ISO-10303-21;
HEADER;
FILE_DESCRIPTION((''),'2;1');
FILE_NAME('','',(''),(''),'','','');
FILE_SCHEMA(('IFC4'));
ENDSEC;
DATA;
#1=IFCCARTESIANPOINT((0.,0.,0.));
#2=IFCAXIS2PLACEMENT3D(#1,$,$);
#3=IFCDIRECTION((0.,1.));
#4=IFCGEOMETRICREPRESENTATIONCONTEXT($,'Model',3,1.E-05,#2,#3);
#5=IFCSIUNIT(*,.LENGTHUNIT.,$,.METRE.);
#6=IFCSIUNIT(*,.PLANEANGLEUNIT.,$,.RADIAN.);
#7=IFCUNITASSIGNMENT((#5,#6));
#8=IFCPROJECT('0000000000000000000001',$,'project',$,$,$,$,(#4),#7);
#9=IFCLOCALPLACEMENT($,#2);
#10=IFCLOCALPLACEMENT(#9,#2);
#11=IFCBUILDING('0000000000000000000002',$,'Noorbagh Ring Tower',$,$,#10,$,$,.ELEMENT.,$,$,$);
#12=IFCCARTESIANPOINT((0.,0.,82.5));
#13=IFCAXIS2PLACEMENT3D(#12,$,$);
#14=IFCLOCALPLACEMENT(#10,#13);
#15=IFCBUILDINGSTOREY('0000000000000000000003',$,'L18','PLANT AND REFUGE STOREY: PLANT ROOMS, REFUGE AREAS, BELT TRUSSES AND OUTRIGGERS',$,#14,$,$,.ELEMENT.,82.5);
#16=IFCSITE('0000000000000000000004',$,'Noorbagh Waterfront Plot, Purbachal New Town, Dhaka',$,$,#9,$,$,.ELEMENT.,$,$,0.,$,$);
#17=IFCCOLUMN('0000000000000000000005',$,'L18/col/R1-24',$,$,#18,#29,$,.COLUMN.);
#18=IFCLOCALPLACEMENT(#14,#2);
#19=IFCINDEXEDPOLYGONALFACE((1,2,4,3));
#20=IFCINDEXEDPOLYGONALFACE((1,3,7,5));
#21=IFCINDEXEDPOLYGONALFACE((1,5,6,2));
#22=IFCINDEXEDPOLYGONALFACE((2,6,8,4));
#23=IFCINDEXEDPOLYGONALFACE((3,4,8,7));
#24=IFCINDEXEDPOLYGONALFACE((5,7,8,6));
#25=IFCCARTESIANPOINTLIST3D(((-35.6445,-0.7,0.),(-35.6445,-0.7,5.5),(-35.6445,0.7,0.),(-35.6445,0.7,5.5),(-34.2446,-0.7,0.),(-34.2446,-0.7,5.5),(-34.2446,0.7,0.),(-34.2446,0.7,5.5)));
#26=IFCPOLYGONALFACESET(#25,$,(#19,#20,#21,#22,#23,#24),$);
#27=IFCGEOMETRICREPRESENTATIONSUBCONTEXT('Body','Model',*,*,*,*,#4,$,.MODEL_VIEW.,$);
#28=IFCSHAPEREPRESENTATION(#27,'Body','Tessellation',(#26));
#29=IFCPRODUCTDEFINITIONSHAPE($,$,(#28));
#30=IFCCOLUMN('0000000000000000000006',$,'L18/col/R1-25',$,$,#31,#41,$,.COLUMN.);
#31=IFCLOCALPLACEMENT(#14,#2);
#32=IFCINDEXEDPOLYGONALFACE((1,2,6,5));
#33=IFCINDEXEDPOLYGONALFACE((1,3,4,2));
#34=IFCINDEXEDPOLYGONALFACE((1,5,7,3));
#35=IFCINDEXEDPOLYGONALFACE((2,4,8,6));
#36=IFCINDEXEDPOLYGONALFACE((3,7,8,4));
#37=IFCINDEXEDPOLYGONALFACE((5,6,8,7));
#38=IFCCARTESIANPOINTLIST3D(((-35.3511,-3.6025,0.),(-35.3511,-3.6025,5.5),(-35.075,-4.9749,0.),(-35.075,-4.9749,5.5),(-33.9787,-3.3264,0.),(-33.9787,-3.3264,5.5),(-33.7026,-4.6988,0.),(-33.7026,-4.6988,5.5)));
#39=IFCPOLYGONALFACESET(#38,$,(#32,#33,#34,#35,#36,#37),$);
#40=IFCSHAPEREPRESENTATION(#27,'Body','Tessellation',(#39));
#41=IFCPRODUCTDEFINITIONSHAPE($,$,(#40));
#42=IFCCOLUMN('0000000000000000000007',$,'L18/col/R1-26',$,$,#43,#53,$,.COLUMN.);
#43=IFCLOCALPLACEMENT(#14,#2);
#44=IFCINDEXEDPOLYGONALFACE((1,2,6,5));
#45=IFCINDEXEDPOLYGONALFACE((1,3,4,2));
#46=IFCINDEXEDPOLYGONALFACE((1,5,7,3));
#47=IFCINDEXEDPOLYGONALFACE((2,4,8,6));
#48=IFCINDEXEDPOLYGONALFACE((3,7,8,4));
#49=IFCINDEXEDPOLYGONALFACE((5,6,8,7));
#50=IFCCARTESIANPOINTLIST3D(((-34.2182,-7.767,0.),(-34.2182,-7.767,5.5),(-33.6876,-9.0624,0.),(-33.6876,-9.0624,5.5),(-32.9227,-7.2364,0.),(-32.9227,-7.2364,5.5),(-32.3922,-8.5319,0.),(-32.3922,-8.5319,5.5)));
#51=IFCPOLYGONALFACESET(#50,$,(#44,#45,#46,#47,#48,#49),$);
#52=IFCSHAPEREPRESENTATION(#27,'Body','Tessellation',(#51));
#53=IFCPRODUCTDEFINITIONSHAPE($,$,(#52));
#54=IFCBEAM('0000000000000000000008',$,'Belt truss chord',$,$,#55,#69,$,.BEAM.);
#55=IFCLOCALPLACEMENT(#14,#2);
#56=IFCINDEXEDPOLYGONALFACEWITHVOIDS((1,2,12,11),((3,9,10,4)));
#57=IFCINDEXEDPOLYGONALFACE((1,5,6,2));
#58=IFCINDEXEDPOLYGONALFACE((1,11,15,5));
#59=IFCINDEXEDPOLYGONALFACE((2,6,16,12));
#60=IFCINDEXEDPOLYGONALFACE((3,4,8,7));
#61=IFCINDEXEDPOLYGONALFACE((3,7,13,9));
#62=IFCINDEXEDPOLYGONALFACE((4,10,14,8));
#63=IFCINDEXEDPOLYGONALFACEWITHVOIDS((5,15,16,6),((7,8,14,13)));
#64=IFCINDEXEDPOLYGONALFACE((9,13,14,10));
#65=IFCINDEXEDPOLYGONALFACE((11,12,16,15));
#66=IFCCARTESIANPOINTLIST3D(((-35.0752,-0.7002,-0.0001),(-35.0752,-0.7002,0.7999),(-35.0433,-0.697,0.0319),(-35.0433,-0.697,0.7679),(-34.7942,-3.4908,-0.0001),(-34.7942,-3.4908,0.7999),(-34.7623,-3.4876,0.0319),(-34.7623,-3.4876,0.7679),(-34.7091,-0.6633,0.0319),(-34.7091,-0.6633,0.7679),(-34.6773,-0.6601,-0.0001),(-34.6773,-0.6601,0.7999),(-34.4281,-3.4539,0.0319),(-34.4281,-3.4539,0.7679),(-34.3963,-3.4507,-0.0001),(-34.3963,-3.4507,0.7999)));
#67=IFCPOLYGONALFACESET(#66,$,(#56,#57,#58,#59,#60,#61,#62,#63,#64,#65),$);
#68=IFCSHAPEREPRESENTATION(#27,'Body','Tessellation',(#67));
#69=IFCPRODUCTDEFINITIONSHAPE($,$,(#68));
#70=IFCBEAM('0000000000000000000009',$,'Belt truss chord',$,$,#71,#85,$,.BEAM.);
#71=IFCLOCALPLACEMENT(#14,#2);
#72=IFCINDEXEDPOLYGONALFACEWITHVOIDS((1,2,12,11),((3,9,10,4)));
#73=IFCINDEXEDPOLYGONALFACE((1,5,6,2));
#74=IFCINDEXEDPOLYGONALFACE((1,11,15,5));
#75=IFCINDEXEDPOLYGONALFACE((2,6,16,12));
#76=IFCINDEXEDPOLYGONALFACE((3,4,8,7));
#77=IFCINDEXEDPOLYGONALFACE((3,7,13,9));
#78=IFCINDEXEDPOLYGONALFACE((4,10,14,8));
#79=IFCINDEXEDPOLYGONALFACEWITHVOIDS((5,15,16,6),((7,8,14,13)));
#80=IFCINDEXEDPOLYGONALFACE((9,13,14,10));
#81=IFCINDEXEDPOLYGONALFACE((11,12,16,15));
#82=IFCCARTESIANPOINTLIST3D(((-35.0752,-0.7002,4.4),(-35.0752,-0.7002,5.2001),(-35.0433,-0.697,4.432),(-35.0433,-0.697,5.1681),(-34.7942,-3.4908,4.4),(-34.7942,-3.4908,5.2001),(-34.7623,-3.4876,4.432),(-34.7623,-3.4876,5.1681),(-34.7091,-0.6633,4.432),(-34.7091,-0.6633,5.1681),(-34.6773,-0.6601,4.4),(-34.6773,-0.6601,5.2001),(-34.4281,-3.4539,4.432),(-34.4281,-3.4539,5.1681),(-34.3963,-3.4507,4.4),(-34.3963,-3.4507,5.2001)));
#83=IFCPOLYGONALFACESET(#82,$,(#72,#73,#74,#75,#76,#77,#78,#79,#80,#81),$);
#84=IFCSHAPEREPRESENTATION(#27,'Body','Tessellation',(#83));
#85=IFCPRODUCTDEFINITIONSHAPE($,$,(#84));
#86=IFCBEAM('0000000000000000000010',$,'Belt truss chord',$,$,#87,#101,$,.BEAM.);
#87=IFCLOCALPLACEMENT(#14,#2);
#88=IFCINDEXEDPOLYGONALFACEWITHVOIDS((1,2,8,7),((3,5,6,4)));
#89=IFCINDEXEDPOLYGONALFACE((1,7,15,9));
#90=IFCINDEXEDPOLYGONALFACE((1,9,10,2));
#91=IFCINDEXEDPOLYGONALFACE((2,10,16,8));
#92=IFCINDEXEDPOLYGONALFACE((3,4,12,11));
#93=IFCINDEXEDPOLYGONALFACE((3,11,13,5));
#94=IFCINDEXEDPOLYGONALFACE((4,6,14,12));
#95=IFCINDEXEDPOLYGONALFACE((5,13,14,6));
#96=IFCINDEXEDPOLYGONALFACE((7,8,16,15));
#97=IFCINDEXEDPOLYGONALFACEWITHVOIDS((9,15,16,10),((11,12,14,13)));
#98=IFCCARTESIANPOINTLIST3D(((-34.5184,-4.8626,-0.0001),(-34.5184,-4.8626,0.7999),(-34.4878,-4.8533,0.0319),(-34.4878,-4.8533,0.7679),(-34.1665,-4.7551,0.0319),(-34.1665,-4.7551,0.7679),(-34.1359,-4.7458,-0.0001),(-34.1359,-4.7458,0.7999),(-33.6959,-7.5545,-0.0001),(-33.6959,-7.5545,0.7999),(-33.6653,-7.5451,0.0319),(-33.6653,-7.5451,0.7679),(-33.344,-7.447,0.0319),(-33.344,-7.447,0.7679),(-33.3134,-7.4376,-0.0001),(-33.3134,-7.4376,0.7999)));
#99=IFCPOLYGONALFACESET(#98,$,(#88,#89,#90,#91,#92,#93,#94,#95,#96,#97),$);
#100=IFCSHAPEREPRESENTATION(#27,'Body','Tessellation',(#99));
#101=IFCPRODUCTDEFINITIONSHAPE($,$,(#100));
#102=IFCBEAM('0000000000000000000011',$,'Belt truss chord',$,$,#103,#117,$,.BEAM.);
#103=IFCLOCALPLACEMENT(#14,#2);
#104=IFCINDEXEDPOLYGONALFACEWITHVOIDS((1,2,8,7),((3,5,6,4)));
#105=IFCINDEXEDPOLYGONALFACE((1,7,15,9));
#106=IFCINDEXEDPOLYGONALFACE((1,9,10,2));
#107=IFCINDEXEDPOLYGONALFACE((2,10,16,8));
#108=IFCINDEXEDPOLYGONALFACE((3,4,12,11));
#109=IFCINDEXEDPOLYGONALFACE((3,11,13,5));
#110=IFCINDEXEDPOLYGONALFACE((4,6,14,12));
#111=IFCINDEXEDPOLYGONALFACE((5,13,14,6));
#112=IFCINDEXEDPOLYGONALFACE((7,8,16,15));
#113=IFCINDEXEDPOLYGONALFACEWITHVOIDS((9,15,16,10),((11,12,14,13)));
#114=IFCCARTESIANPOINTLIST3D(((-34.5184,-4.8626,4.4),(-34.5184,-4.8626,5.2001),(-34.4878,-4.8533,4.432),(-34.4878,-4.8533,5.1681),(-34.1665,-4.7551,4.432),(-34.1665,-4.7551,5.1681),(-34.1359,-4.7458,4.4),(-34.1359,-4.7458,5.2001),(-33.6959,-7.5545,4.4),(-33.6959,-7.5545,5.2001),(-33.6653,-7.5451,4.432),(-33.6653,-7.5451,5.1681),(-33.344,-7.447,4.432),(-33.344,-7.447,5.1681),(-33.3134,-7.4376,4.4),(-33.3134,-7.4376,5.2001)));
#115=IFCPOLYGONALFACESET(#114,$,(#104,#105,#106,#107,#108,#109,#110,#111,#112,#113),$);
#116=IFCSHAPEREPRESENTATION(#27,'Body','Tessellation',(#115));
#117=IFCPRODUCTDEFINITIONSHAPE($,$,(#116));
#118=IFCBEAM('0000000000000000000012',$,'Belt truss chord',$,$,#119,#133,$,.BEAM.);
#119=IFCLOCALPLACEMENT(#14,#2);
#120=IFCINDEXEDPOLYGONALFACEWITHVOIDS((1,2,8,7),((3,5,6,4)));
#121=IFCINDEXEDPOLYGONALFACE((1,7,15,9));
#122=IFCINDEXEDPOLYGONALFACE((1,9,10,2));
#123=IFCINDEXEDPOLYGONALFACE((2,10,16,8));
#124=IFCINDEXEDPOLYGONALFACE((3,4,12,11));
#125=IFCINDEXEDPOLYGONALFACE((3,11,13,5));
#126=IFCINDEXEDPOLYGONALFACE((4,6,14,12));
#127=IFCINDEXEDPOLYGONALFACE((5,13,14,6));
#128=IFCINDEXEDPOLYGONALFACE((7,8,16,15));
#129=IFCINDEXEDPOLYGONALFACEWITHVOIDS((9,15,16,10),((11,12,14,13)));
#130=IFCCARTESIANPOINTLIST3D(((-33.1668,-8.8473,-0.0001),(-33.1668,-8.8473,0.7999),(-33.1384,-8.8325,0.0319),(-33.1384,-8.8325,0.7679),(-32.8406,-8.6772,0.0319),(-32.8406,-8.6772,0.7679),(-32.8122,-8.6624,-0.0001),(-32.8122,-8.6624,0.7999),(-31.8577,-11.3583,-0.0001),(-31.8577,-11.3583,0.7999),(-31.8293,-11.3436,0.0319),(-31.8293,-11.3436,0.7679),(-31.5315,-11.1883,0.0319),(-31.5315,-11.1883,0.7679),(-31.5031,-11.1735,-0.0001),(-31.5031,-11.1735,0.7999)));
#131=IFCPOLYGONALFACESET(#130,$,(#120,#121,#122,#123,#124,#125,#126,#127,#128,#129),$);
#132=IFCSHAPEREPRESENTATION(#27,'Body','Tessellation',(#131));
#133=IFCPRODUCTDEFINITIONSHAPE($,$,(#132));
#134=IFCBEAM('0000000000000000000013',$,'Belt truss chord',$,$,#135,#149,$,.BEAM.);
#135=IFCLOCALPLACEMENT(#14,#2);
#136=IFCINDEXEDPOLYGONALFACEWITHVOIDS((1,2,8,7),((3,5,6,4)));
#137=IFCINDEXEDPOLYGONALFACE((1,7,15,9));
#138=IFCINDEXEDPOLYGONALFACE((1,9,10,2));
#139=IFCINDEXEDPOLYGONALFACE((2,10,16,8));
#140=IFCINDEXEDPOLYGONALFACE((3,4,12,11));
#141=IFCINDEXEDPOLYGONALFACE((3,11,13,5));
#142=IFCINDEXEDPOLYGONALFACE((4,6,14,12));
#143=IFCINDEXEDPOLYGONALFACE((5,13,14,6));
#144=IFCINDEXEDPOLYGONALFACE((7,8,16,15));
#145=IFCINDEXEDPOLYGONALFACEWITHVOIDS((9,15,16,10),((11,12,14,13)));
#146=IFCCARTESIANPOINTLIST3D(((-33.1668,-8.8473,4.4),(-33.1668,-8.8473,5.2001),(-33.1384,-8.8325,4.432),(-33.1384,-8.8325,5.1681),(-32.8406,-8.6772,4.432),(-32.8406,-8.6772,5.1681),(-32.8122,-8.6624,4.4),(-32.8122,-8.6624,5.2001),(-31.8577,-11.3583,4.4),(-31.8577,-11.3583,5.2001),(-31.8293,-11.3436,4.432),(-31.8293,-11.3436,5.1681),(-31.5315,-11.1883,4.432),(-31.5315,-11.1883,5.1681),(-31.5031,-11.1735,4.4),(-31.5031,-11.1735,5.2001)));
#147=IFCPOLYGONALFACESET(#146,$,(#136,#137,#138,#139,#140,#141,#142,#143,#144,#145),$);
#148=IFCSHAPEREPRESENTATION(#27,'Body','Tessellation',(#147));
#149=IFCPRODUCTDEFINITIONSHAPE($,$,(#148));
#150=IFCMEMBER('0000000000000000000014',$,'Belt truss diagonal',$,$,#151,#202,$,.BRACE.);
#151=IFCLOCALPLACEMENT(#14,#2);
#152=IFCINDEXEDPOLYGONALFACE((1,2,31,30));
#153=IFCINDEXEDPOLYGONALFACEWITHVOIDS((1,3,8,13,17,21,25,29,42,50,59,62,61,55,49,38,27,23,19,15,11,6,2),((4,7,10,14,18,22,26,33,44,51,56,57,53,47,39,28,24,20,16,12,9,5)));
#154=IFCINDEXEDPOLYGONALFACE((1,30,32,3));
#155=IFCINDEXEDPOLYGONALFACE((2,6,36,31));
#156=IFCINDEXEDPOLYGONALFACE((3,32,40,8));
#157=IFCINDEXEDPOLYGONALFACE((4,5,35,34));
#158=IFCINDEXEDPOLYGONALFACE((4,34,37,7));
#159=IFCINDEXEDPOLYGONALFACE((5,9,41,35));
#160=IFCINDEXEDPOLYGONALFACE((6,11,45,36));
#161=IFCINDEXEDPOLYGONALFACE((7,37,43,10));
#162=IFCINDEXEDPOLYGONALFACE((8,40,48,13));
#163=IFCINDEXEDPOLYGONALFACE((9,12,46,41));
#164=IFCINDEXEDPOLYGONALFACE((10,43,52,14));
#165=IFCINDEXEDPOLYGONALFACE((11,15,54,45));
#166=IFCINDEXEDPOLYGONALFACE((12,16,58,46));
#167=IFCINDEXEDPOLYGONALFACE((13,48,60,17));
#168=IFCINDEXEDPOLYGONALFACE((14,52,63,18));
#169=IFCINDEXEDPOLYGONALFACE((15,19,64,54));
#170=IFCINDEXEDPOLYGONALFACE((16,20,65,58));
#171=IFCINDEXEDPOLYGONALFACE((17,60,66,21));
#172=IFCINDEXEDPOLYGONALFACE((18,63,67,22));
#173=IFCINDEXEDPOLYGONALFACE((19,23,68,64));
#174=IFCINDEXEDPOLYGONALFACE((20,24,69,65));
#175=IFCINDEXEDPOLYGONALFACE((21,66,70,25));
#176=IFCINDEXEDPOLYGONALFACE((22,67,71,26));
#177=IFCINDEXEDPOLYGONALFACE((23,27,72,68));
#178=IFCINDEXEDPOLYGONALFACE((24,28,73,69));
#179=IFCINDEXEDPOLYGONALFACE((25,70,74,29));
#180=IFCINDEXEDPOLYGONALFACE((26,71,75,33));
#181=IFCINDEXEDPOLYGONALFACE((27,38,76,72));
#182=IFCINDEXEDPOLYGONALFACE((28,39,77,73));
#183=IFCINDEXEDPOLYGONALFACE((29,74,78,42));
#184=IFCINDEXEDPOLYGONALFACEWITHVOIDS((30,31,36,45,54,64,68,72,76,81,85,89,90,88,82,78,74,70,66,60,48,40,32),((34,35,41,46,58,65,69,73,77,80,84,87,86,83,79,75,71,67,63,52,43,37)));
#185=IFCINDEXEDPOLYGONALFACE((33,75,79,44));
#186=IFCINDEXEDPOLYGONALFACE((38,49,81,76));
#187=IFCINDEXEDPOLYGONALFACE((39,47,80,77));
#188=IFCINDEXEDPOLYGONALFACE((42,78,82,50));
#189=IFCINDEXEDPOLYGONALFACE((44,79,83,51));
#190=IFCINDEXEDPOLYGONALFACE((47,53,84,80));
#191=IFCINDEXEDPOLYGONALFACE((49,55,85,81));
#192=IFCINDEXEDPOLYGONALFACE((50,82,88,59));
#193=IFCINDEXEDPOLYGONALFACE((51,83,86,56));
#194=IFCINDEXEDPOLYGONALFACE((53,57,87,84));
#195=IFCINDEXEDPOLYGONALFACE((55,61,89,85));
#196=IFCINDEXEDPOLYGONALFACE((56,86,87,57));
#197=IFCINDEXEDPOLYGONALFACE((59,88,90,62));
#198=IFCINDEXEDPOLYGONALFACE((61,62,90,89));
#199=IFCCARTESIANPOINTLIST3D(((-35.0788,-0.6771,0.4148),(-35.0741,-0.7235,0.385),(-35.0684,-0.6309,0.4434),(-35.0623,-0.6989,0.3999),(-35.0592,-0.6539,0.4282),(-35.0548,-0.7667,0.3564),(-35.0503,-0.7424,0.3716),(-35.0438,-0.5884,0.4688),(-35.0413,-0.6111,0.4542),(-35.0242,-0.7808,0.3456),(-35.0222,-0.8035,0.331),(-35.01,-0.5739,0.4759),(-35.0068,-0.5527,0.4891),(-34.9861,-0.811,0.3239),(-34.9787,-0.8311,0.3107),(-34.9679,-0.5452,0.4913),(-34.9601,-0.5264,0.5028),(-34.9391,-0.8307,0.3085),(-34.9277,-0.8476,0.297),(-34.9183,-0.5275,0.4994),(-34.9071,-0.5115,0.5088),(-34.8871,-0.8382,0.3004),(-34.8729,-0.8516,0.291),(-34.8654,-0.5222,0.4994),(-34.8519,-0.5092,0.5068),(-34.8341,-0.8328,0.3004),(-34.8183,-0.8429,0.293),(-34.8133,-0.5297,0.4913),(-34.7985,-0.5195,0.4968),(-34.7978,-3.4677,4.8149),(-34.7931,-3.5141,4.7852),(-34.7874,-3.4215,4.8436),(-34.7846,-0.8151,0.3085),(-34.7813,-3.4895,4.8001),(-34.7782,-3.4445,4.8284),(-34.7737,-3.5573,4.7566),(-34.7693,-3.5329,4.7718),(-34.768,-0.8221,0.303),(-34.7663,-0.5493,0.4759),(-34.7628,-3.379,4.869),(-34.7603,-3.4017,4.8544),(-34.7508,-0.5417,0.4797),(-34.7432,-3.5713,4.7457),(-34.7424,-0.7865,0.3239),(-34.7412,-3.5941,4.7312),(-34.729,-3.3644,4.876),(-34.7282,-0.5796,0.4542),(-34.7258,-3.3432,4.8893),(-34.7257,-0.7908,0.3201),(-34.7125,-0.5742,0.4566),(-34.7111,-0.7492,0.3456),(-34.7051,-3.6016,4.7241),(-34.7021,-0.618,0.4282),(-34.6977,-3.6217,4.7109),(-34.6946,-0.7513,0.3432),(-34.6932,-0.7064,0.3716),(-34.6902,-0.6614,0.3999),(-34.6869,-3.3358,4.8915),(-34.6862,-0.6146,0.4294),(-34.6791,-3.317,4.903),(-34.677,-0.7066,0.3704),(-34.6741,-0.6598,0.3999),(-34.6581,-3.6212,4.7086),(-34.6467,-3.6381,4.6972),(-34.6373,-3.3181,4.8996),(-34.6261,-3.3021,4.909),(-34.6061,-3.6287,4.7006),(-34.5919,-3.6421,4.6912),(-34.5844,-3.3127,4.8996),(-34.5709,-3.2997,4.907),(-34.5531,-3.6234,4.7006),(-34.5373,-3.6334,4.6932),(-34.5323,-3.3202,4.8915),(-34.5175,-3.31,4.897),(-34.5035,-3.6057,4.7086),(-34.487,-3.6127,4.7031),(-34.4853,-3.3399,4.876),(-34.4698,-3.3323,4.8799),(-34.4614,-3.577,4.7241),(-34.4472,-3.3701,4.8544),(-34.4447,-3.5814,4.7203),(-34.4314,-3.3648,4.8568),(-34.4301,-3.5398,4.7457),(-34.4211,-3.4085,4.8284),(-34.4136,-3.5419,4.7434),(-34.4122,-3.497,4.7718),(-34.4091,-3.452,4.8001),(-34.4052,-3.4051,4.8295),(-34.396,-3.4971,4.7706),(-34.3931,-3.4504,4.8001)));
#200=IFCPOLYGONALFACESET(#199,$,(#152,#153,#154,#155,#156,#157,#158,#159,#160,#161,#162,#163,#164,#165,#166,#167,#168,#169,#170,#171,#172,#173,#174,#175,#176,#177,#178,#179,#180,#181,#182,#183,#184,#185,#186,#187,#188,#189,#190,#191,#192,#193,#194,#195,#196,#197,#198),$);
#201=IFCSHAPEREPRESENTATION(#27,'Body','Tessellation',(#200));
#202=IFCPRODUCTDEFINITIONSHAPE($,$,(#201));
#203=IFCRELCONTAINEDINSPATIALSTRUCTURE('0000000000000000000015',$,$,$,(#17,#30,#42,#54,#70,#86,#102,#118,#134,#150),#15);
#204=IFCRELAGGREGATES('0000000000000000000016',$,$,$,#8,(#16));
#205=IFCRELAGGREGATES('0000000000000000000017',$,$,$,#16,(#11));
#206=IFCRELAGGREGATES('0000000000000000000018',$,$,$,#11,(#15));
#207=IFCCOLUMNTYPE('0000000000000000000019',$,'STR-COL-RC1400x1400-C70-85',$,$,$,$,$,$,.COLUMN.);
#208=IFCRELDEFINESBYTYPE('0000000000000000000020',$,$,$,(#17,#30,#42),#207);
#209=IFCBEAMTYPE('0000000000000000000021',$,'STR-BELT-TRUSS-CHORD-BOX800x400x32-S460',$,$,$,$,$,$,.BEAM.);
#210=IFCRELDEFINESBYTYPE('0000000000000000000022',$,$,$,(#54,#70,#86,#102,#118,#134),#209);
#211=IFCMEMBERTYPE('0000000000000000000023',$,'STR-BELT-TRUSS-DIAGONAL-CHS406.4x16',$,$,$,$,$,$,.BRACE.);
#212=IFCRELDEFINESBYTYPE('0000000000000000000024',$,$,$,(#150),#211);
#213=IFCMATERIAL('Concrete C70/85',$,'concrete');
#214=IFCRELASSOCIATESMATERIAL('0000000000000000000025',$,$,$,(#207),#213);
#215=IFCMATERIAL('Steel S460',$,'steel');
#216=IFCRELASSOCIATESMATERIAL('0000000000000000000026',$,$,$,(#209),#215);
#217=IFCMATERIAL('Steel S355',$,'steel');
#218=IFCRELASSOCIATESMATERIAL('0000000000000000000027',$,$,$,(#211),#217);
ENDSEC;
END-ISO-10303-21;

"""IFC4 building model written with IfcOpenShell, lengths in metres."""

from ifc_helpers import new_model, si_unit, direction, frame, origin, origin_2d, place, context, subcontext, project, spatial, rectangle, hollow_rectangle, hollow_circle, extrude, material, material_profile, profile_set, type_object, element, save


model = new_model("IFC4")

# Units and contexts
model_context = context("Model", 3, precision=1e-05, world=origin(), true_north=direction((0.0, 1.0)))
body_context = subcontext(model_context, "Body", "Model", "MODEL_VIEW")
ifc_project = project(units=[si_unit("LENGTHUNIT", "METRE"), si_unit("PLANEANGLEUNIT", "RADIAN")], contexts=[model_context])

# Site, building, storey
site_placement = place(None, origin())
site = spatial("IfcSite", under=ifc_project, at=site_placement, Name="Noorbagh Waterfront Plot, Purbachal New Town, Dhaka", CompositionType="ELEMENT", RefElevation=0.0)
building_placement = place(site_placement, origin())
building = spatial("IfcBuilding", under=site, at=building_placement, Name="Noorbagh Ring Tower", CompositionType="ELEMENT")
storey_placement = place(building_placement, frame((0.0, 0.0, 82.5)))
storey = spatial("IfcBuildingStorey", under=building, at=storey_placement, Name="L18", Description="PLANT AND REFUGE STOREY: PLANT ROOMS, REFUGE AREAS, BELT TRUSSES AND OUTRIGGERS", CompositionType="ELEMENT", Elevation=82.5)

# Columns
ifc_material_1 = material(Name="Concrete C70/85", Category="concrete")
ifc_material_profile_1 = material_profile(ifc_material_1, rectangle(XDim=1.3999, YDim=1.3999, at=origin_2d()), Name="RC1400x1400")
ifc_profile_set_1 = profile_set([ifc_material_profile_1], Name="Concrete C70/85")
column_type = type_object("IfcColumnType", Name="STR-COL-RC1400x1400-C70-85", PredefinedType="COLUMN", material=ifc_profile_set_1)
for number, where, z_axis, x_axis, name in (
    (1, (-34.9446, 0.0, 0.0), (0.0, 0.0, 1.0), (0.0, -1.0, 0.0), "L18/col/R1-24"),
    (2, (-34.5269, -4.1506, 0.0), (0.0, 0.0, 1.0), (0.19723, -0.980357, 0.0), "L18/col/R1-25"),
    (3, (-33.3052, -8.1494, 0.0), (0.0, 0.0, 1.0), (0.378989, -0.925401, 0.0), "L18/col/R1-26"),
):
    element("IfcColumn", number, at=place(storey_placement, frame(where, z_axis=z_axis, x_axis=x_axis)), inside=storey, type_object=column_type, Name=name, PredefinedType="COLUMN", context=body_context, shape_type="SweptSolid", body=[
        extrude(rectangle(XDim=1.3999, YDim=1.3999, at=origin_2d()), origin(), (0.0, 0.0, 1.0), 5.5),
    ])

# Beams
ifc_material_2 = material(Name="Steel S460", Category="steel")
ifc_material_profile_2 = material_profile(ifc_material_2, hollow_rectangle(XDim=0.3999, YDim=0.8, WallThickness=0.032, at=origin_2d()), Name="BOX800x400x32")
ifc_profile_set_2 = profile_set([ifc_material_profile_2], Name="Steel S460")
beam_type_1 = type_object("IfcBeamType", Name="STR-BELT-TRUSS-CHORD-BOX800x400x32-S460", PredefinedType="BEAM", material=ifc_profile_set_2)
for number, where, z_axis, x_axis, name in (
    (4, (-34.8762, -0.6802, 0.3999), (0.100193, -0.994968, 0.0), (0.994968, 0.100193, 0.0), "Belt truss chord"),
    (5, (-34.8762, -0.6802, 4.8), (0.100193, -0.994968, 0.0), (0.994968, 0.100193, 0.0), "Belt truss chord"),
):
    element("IfcBeam", number, at=place(storey_placement, frame(where, z_axis=z_axis, x_axis=x_axis)), inside=storey, type_object=beam_type_1, Name=name, PredefinedType="BEAM", context=body_context, shape_type="SweptSolid", body=[
        extrude(hollow_rectangle(XDim=0.3999, YDim=0.8, WallThickness=0.032, at=origin_2d()), origin(), (0.0, 0.0, 1.0), 2.8047),
    ])
for number, where, z_axis, x_axis, name in (
    (6, (-34.3271, -4.8042, 0.3999), (0.292214, -0.956353, 0.0), (0.956353, 0.292214, 0.0), "Belt truss chord"),
    (7, (-34.3271, -4.8042, 4.8), (0.292214, -0.956353, 0.0), (0.956353, 0.292214, 0.0), "Belt truss chord"),
):
    element("IfcBeam", number, at=place(storey_placement, frame(where, z_axis=z_axis, x_axis=x_axis)), inside=storey, type_object=beam_type_1, Name=name, PredefinedType="BEAM", context=body_context, shape_type="SweptSolid", body=[
        extrude(hollow_rectangle(XDim=0.3999, YDim=0.8, WallThickness=0.032, at=origin_2d()), origin(), (0.0, 0.0, 1.0), 2.8147),
    ])
for number, where, z_axis, x_axis, name in (
    (8, (-32.9895, -8.7549, 0.3999), (0.462289, -0.886729, 0.0), (0.886729, 0.462289, 0.0), "Belt truss chord"),
    (9, (-32.9895, -8.7549, 4.8), (0.462289, -0.886729, 0.0), (0.886729, 0.462289, 0.0), "Belt truss chord"),
):
    element("IfcBeam", number, at=place(storey_placement, frame(where, z_axis=z_axis, x_axis=x_axis)), inside=storey, type_object=beam_type_1, Name=name, PredefinedType="BEAM", context=body_context, shape_type="SweptSolid", body=[
        extrude(hollow_rectangle(XDim=0.3999, YDim=0.8, WallThickness=0.032, at=origin_2d()), origin(), (0.0, 0.0, 1.0), 2.8318),
    ])

# Member
ifc_material_3 = material(Name="Steel S355", Category="steel")
ifc_material_profile_3 = material_profile(ifc_material_3, hollow_circle(Radius=0.2031, WallThickness=0.0161, at=origin_2d()), Name="CHS406.4x16")
ifc_profile_set_3 = profile_set([ifc_material_profile_3], Name="Steel S355")
member_type_1 = type_object("IfcMemberType", Name="STR-BELT-TRUSS-DIAGONAL-CHS406.4x16", PredefinedType="BRACE", material=ifc_profile_set_3)
member_1_placement = place(storey_placement, frame((-34.8762, -0.6802, 0.3999), z_axis=(0.053853, -0.534791, 0.843267), x_axis=(0.994968, 0.100193, 0.0)))
element("IfcMember", 10, at=member_1_placement, inside=storey, type_object=member_type_1, Name="Belt truss diagonal", PredefinedType="BRACE", context=body_context, shape_type="SweptSolid", body=[
    extrude(hollow_circle(Radius=0.2031, WallThickness=0.0161, at=origin_2d()), origin(), (0.0, 0.0, 1.0), 5.218),
])

save(model, "model.ifc")
